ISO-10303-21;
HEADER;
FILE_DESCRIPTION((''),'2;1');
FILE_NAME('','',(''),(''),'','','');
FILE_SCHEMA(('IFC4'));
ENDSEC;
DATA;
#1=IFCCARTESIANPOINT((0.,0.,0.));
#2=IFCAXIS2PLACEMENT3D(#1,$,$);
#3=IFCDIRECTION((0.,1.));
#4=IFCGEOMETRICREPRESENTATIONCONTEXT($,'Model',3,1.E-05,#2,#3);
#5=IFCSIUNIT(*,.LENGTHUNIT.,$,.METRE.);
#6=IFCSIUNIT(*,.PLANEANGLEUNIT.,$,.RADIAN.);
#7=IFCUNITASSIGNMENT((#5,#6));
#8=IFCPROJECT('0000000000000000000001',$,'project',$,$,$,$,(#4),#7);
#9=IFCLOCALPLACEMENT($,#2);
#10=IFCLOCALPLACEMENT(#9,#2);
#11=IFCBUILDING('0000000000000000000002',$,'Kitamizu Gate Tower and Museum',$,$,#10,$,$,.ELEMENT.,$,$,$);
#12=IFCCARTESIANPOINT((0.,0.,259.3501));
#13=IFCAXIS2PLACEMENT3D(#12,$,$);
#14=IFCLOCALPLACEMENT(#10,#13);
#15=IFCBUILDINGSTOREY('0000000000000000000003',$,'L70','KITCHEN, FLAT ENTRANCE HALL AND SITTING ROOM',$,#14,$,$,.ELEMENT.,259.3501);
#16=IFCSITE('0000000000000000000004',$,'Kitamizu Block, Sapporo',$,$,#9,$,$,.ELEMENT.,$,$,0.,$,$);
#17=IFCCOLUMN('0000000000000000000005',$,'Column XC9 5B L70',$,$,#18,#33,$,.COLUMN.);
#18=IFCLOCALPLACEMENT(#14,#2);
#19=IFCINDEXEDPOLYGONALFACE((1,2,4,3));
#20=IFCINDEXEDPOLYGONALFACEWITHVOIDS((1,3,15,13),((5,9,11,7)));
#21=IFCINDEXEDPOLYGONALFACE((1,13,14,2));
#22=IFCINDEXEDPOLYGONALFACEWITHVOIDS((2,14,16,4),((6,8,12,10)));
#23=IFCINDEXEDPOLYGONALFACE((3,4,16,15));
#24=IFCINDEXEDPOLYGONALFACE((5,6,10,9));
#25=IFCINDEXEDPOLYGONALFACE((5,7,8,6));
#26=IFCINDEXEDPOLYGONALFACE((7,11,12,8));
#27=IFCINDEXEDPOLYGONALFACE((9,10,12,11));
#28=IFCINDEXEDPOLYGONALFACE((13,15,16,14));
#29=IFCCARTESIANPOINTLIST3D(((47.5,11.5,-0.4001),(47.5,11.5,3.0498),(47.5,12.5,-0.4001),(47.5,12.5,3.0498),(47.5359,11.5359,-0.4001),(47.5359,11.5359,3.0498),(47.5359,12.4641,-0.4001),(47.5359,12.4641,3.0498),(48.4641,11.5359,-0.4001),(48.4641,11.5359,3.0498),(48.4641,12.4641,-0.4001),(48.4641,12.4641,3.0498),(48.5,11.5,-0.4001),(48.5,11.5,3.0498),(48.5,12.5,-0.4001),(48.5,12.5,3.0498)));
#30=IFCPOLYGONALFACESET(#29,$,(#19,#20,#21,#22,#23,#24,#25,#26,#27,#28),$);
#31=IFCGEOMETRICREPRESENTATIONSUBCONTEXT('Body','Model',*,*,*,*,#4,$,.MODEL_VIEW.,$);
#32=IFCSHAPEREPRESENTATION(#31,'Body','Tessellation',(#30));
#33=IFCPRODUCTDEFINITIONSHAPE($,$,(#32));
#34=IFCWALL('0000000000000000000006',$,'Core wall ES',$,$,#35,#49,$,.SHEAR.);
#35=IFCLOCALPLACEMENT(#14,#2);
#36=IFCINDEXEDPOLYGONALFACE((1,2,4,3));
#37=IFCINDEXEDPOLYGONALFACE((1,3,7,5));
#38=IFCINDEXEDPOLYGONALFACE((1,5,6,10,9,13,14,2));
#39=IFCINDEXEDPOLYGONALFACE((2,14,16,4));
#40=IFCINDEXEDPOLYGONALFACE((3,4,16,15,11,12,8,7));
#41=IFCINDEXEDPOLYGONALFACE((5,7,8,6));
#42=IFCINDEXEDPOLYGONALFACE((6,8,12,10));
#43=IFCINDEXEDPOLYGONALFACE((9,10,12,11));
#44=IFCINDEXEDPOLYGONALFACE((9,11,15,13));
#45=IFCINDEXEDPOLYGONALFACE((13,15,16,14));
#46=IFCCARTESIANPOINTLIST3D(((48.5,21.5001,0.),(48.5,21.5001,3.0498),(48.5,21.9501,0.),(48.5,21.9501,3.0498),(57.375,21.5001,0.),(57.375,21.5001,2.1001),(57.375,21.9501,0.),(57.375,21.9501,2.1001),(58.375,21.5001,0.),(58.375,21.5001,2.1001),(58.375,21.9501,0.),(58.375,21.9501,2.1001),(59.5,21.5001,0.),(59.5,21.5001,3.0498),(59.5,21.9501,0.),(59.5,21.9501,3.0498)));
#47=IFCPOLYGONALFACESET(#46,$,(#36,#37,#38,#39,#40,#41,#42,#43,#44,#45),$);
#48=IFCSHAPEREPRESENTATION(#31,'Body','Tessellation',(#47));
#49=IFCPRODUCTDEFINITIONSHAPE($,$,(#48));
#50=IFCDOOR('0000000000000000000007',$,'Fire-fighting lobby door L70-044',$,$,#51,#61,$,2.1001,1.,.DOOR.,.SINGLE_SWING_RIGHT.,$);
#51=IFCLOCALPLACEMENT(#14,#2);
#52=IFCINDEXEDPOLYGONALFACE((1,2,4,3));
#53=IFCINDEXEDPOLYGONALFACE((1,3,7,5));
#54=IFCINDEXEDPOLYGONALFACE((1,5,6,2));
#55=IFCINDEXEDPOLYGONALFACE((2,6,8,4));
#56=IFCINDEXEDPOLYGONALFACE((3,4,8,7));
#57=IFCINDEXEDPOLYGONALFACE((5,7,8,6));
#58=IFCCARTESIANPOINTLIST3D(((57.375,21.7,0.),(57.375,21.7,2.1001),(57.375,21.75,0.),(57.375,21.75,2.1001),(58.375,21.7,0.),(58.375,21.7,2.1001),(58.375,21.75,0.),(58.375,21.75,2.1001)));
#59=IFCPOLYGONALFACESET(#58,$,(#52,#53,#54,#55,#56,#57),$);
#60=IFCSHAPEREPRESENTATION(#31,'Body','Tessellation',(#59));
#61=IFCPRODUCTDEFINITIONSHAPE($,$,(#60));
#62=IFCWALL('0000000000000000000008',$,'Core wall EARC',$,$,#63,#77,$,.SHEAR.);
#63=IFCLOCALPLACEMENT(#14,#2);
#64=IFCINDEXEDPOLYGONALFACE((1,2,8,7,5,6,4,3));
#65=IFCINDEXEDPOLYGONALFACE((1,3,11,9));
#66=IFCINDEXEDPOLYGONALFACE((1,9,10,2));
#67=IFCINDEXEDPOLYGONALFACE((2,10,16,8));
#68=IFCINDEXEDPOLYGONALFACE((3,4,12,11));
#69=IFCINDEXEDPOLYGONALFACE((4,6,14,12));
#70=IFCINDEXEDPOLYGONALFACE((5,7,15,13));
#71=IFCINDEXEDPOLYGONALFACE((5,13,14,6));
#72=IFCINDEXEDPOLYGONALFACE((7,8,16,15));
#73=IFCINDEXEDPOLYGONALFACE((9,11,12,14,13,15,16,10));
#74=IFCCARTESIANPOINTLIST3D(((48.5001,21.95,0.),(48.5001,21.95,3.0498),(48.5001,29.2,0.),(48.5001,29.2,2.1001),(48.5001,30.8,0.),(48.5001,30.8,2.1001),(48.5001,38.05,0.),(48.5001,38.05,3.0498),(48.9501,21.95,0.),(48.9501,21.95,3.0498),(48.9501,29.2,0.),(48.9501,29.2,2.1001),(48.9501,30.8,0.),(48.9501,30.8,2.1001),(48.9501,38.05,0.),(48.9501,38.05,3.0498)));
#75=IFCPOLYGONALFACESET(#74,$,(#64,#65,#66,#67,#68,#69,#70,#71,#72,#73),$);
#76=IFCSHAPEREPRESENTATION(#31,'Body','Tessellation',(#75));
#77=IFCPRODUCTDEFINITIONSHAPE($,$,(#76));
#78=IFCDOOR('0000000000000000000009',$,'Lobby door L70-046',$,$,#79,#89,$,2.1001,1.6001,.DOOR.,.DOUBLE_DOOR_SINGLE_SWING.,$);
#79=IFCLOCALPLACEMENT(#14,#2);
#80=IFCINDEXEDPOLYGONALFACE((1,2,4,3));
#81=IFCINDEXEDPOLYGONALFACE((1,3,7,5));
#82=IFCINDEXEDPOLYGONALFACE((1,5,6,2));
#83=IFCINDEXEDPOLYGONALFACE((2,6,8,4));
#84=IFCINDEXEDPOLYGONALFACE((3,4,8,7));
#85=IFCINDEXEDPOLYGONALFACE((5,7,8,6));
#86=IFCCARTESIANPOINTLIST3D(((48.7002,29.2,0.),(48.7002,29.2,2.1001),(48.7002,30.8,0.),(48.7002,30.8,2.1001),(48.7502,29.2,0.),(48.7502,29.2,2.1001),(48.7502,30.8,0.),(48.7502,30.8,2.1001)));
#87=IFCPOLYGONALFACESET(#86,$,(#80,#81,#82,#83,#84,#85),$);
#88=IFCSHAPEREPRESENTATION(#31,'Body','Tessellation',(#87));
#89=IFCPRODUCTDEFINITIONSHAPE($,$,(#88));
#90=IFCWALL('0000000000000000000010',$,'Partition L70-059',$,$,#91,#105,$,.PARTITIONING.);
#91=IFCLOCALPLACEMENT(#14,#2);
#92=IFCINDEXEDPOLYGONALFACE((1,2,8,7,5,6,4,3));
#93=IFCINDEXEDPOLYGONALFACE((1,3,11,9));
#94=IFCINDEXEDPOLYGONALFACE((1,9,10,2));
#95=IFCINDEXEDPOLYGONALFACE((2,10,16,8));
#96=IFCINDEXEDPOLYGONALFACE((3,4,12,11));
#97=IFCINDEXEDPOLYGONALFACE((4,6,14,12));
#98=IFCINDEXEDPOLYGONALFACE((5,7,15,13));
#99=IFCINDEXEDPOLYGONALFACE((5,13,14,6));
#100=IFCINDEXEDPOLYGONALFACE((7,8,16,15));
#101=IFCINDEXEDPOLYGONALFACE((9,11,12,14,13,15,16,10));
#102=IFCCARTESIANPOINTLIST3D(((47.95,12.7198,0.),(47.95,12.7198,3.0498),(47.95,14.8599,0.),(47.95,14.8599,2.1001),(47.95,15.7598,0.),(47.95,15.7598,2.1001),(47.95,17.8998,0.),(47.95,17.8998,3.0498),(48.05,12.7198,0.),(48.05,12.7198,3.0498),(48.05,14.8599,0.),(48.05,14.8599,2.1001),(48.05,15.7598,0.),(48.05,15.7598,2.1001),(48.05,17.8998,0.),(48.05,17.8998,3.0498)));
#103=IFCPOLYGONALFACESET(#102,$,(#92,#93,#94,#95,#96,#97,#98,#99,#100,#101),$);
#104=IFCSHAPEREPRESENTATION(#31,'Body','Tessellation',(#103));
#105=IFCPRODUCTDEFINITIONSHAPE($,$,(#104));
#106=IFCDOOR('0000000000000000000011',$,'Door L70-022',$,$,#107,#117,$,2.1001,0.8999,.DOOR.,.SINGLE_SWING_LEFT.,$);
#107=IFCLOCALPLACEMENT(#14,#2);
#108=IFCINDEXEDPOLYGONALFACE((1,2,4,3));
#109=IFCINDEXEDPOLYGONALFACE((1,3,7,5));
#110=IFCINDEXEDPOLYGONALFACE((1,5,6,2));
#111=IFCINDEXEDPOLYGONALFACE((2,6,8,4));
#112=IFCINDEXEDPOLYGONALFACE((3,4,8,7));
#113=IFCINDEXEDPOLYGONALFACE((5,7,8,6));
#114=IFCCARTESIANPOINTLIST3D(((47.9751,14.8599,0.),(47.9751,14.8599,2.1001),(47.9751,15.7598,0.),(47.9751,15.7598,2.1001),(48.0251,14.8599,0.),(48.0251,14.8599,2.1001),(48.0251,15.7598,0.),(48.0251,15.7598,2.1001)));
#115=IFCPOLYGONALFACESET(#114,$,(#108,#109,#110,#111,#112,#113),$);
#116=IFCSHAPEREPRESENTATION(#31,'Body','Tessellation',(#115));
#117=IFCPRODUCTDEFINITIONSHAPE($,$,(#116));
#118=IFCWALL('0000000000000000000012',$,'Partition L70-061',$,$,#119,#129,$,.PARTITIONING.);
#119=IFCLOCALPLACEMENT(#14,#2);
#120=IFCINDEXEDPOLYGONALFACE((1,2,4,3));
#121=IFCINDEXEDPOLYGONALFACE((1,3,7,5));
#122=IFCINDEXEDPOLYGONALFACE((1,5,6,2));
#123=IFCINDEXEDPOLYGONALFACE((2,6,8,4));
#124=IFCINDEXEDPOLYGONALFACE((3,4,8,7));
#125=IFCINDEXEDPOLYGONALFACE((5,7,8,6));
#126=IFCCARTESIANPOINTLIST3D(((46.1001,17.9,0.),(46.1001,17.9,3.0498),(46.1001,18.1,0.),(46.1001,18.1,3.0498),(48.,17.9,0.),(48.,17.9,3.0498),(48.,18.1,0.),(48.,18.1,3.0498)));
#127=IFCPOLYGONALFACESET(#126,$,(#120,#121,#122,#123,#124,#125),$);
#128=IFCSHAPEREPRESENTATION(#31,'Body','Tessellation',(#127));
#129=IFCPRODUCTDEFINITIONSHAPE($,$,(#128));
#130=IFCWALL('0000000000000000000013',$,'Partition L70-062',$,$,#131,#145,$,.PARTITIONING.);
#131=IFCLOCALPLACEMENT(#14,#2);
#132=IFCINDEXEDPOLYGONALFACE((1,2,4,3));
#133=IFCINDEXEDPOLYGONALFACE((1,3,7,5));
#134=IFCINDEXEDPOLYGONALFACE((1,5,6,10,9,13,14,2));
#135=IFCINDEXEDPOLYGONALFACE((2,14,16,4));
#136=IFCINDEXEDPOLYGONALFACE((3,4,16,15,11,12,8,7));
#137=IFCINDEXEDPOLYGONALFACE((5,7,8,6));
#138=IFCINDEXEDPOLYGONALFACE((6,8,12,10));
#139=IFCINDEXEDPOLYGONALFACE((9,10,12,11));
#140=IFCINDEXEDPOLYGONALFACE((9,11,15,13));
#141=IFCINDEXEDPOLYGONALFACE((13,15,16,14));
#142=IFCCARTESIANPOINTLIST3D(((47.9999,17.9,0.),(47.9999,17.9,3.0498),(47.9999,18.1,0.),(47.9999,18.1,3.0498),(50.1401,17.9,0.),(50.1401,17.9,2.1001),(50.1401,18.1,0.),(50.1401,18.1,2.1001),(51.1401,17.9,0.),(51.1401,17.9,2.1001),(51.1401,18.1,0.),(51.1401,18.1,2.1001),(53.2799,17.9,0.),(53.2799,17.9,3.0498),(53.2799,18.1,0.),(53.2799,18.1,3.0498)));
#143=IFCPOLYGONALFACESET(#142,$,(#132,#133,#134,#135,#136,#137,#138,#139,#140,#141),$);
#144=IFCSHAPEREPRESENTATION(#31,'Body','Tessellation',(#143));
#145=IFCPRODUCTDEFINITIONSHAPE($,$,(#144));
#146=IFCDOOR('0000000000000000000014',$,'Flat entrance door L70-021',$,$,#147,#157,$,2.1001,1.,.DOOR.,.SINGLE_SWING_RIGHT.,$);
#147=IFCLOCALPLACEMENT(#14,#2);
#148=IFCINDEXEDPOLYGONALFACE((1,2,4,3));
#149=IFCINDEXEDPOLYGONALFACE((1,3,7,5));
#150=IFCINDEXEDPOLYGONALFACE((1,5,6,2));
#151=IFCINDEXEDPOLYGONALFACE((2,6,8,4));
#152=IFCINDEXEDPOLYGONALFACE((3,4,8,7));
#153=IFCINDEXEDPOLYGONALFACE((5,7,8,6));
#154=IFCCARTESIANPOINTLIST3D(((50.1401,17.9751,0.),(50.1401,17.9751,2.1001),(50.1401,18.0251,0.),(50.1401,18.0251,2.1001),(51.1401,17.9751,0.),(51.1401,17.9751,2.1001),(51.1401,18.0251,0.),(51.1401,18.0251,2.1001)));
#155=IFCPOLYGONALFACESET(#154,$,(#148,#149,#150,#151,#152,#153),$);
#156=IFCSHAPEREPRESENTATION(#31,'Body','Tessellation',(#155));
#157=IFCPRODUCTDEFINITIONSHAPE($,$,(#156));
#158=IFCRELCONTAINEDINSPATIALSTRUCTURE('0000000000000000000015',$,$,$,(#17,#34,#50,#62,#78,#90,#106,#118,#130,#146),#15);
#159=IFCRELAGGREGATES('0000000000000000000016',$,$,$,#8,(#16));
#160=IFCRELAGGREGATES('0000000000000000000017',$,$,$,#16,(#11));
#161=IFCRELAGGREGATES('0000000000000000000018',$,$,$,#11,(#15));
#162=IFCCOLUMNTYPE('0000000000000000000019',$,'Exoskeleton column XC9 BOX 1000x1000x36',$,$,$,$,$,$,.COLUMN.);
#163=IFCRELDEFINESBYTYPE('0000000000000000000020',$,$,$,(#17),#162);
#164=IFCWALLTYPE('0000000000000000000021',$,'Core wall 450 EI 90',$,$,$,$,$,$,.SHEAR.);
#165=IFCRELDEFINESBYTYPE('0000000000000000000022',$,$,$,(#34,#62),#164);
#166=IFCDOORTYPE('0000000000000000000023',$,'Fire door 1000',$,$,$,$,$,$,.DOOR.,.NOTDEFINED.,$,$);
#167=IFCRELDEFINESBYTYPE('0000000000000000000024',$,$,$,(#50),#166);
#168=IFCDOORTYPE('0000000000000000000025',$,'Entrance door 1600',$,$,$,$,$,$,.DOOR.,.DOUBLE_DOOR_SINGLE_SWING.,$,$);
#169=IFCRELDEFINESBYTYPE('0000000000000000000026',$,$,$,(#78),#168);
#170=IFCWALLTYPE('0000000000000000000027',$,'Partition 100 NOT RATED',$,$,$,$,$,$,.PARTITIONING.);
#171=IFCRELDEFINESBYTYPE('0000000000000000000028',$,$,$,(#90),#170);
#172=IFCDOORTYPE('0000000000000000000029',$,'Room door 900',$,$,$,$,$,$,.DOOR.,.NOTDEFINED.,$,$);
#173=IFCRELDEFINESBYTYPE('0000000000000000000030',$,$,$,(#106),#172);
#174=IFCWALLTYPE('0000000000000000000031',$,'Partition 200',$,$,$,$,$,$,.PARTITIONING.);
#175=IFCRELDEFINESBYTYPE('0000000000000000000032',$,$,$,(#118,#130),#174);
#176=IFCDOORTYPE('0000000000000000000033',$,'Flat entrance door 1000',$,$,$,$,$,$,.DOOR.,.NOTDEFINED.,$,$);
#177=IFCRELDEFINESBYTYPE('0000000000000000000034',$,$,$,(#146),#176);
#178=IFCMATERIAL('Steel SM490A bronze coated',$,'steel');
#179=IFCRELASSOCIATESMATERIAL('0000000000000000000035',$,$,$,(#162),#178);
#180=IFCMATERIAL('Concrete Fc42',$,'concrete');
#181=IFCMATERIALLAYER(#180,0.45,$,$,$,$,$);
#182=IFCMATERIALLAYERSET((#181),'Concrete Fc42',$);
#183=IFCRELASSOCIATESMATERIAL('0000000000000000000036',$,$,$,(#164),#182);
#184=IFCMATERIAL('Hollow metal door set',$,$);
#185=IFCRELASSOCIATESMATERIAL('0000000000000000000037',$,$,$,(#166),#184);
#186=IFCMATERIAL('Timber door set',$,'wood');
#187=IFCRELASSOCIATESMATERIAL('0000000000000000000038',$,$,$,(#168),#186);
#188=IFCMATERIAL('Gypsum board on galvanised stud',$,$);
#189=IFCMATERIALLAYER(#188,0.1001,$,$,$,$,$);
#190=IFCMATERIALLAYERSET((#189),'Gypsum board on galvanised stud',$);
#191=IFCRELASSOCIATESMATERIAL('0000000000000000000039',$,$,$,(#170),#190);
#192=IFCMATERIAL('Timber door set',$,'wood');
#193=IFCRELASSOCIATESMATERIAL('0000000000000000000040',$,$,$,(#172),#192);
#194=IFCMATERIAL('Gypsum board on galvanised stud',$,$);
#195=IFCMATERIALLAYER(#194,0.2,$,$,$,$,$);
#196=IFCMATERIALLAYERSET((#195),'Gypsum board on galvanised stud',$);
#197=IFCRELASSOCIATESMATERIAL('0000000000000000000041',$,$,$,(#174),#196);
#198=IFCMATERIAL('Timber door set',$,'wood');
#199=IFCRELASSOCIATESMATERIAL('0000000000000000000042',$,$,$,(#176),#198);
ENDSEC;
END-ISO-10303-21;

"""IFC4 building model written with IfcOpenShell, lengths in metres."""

from ifc_helpers import new_model, si_unit, direction, frame, frame_2d, origin, origin_2d, place, context, subcontext, project, spatial, rectangle, hollow_rectangle, extrude, material, layer, layer_set, material_profile, profile_set, type_object, element, fill, save


model = new_model("IFC4")

# Units and contexts
model_context = context("Model", 3, precision=1e-05, world=origin(), true_north=direction((0.0, 1.0)))
body_context = subcontext(model_context, "Body", "Model", "MODEL_VIEW")
ifc_project = project(units=[si_unit("LENGTHUNIT", "METRE"), si_unit("PLANEANGLEUNIT", "RADIAN")], contexts=[model_context])

# Site, building, storey
site_placement = place(None, origin())
site = spatial("IfcSite", under=ifc_project, at=site_placement, Name="Kitamizu Block, Sapporo", CompositionType="ELEMENT", RefElevation=0.0)
building_placement = place(site_placement, origin())
building = spatial("IfcBuilding", under=site, at=building_placement, Name="Kitamizu Gate Tower and Museum", CompositionType="ELEMENT")
storey_placement = place(building_placement, frame((0.0, 0.0, 259.3501)))
storey = spatial("IfcBuildingStorey", under=building, at=storey_placement, Name="L70", Description="KITCHEN, FLAT ENTRANCE HALL AND SITTING ROOM", CompositionType="ELEMENT", Elevation=259.3501)

# Column
ifc_material_1 = material(Name="Steel SM490A bronze coated", Category="steel")
ifc_material_profile = material_profile(ifc_material_1, hollow_rectangle(XDim=1.0, YDim=1.0, WallThickness=0.0359, at=origin_2d()), Name="BOX 1000x1000x36")
ifc_profile_set = profile_set([ifc_material_profile], Name="Steel SM490A bronze coated")
column_type = type_object("IfcColumnType", Name="Exoskeleton column XC9 BOX 1000x1000x36", PredefinedType="COLUMN", material=ifc_profile_set)
column_placement = place(storey_placement, frame((48.0, 12.0, -0.4001), z_axis=(0.0, 0.0, 1.0), x_axis=(1.0, 0.0, 0.0)))
element("IfcColumn", 1, at=column_placement, inside=storey, type_object=column_type, Name="Column XC9 5B L70", PredefinedType="COLUMN", context=body_context, shape_type="SweptSolid", body=[
    extrude(hollow_rectangle(XDim=1.0, YDim=1.0, WallThickness=0.0359, at=origin_2d()), origin(), (0.0, 0.0, 1.0), 3.45),
])

# Walls, openings, doors
ifc_material_2 = material(Name="Concrete Fc42", Category="concrete")
ifc_layer_1 = layer(ifc_material_2, 0.45)
ifc_layer_set_1 = layer_set([ifc_layer_1], Name="Concrete Fc42")
wall_type_1 = type_object("IfcWallType", Name="Core wall 450 EI 90", PredefinedType="SHEAR", material=ifc_layer_set_1)
wall_1_placement = place(storey_placement, frame((59.5, 21.7251, 0.0), z_axis=(0.0, 0.0, 1.0), x_axis=(-1.0, 0.0, 0.0)))
wall_1 = element("IfcWall", 2, at=wall_1_placement, inside=storey, type_object=wall_type_1, Name="Core wall ES", PredefinedType="SHEAR", context=body_context, shape_type="SweptSolid", body=[
    extrude(rectangle(XDim=11.0, YDim=0.45, at=frame_2d((5.5, 0.0))), origin(), (0.0, 0.0, 1.0), 3.0498),
])
opening_1_placement = place(wall_1_placement, frame((1.125, 0.0, 0.0)))
opening_1 = element("IfcOpeningElement", 3, at=opening_1_placement, cuts=wall_1, PredefinedType="OPENING", context=body_context, shape_type="SweptSolid", body=[
    extrude(rectangle(XDim=1.0, YDim=2.1001, at=frame_2d((0.5, 1.05))), frame((0.0, 0.2349, 0.0), z_axis=(0.0, -1.0, 0.0), x_axis=(1.0, 0.0, 0.0)), (0.0, 0.0, 1.0), 0.47),
])
ifc_material_3 = material(Name="Hollow metal door set")
door_type_1 = type_object("IfcDoorType", Name="Fire door 1000", OperationType="NOTDEFINED", PredefinedType="DOOR", material=ifc_material_3)
door_1_placement = place(opening_1_placement, frame((1.0, 0.0, 0.0), x_axis=(-1.0, 0.0, 0.0)))
door_1 = element("IfcDoor", 4, at=door_1_placement, inside=storey, type_object=door_type_1, Name="Fire-fighting lobby door L70-044", OperationType="SINGLE_SWING_RIGHT", OverallHeight=2.1001, OverallWidth=1.0, PredefinedType="DOOR", context=body_context, shape_type="SweptSolid", body=[
    extrude(rectangle(XDim=1.0, YDim=2.1001, at=frame_2d((0.5, 1.05))), frame((0.0, 0.0249, 0.0), z_axis=(0.0, -1.0, 0.0), x_axis=(1.0, 0.0, 0.0)), (0.0, 0.0, 1.0), 0.05),
])
fill(opening_1, door_1)
wall_2_placement = place(storey_placement, frame((48.7251, 21.95, 0.0), z_axis=(0.0, 0.0, 1.0), x_axis=(0.0, 1.0, 0.0)))
wall_2 = element("IfcWall", 5, at=wall_2_placement, inside=storey, type_object=wall_type_1, Name="Core wall EARC", PredefinedType="SHEAR", context=body_context, shape_type="SweptSolid", body=[
    extrude(rectangle(XDim=16.1001, YDim=0.45, at=frame_2d((8.05, 0.0))), origin(), (0.0, 0.0, 1.0), 3.0498),
])
opening_2_placement = place(wall_2_placement, frame((7.25, 0.0, 0.0)))
opening_2 = element("IfcOpeningElement", 6, at=opening_2_placement, cuts=wall_2, PredefinedType="OPENING", context=body_context, shape_type="SweptSolid", body=[
    extrude(rectangle(XDim=1.6001, YDim=2.1001, at=frame_2d((0.8, 1.05))), frame((0.0, 0.2349, 0.0), z_axis=(0.0, -1.0, 0.0), x_axis=(1.0, 0.0, 0.0)), (0.0, 0.0, 1.0), 0.47),
])
ifc_material_4 = material(Name="Timber door set", Category="wood")
door_type_2 = type_object("IfcDoorType", Name="Entrance door 1600", OperationType="DOUBLE_DOOR_SINGLE_SWING", PredefinedType="DOOR", material=ifc_material_4)
door_2_placement = place(opening_2_placement, origin())
door_2 = element("IfcDoor", 7, at=door_2_placement, inside=storey, type_object=door_type_2, Name="Lobby door L70-046", OperationType="DOUBLE_DOOR_SINGLE_SWING", OverallHeight=2.1001, OverallWidth=1.6001, PredefinedType="DOOR", context=body_context, shape_type="SweptSolid", body=[
    extrude(rectangle(XDim=1.6001, YDim=2.1001, at=frame_2d((0.8, 1.05))), frame((0.0, 0.0249, 0.0), z_axis=(0.0, -1.0, 0.0), x_axis=(1.0, 0.0, 0.0)), (0.0, 0.0, 1.0), 0.05),
])
fill(opening_2, door_2)
ifc_material_5 = material(Name="Gypsum board on galvanised stud")
ifc_layer_2 = layer(ifc_material_5, 0.1001)
ifc_layer_set_2 = layer_set([ifc_layer_2], Name="Gypsum board on galvanised stud")
wall_type_2 = type_object("IfcWallType", Name="Partition 100 NOT RATED", PredefinedType="PARTITIONING", material=ifc_layer_set_2)
wall_3_placement = place(storey_placement, frame((48.0, 12.72, 0.0), z_axis=(0.0, 0.0, 1.0), x_axis=(0.0, 1.0, 0.0)))
wall_3 = element("IfcWall", 8, at=wall_3_placement, inside=storey, type_object=wall_type_2, Name="Partition L70-059", PredefinedType="PARTITIONING", context=body_context, shape_type="SweptSolid", body=[
    extrude(rectangle(XDim=5.1799, YDim=0.1001, at=frame_2d((2.5898, 0.0))), origin(), (0.0, 0.0, 1.0), 3.0498),
])
opening_3_placement = place(wall_3_placement, frame((2.1399, 0.0, 0.0)))
opening_3 = element("IfcOpeningElement", 9, at=opening_3_placement, cuts=wall_3, PredefinedType="OPENING", context=body_context, shape_type="SweptSolid", body=[
    extrude(rectangle(XDim=0.8999, YDim=2.1001, at=frame_2d((0.45, 1.05))), frame((0.0, 0.0601, 0.0), z_axis=(0.0, -1.0, 0.0), x_axis=(1.0, 0.0, 0.0)), (0.0, 0.0, 1.0), 0.1201),
])
ifc_material_6 = material(Name="Timber door set", Category="wood")
door_type_3 = type_object("IfcDoorType", Name="Room door 900", OperationType="NOTDEFINED", PredefinedType="DOOR", material=ifc_material_6)
door_3_placement = place(opening_3_placement, origin())
door_3 = element("IfcDoor", 10, at=door_3_placement, inside=storey, type_object=door_type_3, Name="Door L70-022", OperationType="SINGLE_SWING_LEFT", OverallHeight=2.1001, OverallWidth=0.8999, PredefinedType="DOOR", context=body_context, shape_type="SweptSolid", body=[
    extrude(rectangle(XDim=0.8999, YDim=2.1001, at=frame_2d((0.45, 1.05))), frame((0.0, 0.0249, 0.0), z_axis=(0.0, -1.0, 0.0), x_axis=(1.0, 0.0, 0.0)), (0.0, 0.0, 1.0), 0.05),
])
fill(opening_3, door_3)

# Wall
ifc_material_7 = material(Name="Gypsum board on galvanised stud")
ifc_layer_3 = layer(ifc_material_7, 0.2)
ifc_layer_set_3 = layer_set([ifc_layer_3], Name="Gypsum board on galvanised stud")
wall_type_3 = type_object("IfcWallType", Name="Partition 200", PredefinedType="PARTITIONING", material=ifc_layer_set_3)
wall_4_placement = place(storey_placement, frame((48.0, 18.0, 0.0), z_axis=(0.0, 0.0, 1.0), x_axis=(-1.0, 0.0, 0.0)))
element("IfcWall", 11, at=wall_4_placement, inside=storey, type_object=wall_type_3, Name="Partition L70-061", PredefinedType="PARTITIONING", context=body_context, shape_type="SweptSolid", body=[
    extrude(rectangle(XDim=1.8999, YDim=0.2, at=frame_2d((0.95, 0.0))), origin(), (0.0, 0.0, 1.0), 3.0498),
])

# Wall, opening, door
wall_5_placement = place(storey_placement, frame((53.28, 18.0, 0.0), z_axis=(0.0, 0.0, 1.0), x_axis=(-1.0, 0.0, 0.0)))
wall_5 = element("IfcWall", 12, at=wall_5_placement, inside=storey, type_object=wall_type_3, Name="Partition L70-062", PredefinedType="PARTITIONING", context=body_context, shape_type="SweptSolid", body=[
    extrude(rectangle(XDim=5.28, YDim=0.2, at=frame_2d((2.6401, 0.0))), origin(), (0.0, 0.0, 1.0), 3.0498),
])
opening_4_placement = place(wall_5_placement, frame((2.1399, 0.0, 0.0)))
opening_4 = element("IfcOpeningElement", 13, at=opening_4_placement, cuts=wall_5, PredefinedType="OPENING", context=body_context, shape_type="SweptSolid", body=[
    extrude(rectangle(XDim=1.0, YDim=2.1001, at=frame_2d((0.5, 1.05))), frame((0.0, 0.1099, 0.0), z_axis=(0.0, -1.0, 0.0), x_axis=(1.0, 0.0, 0.0)), (0.0, 0.0, 1.0), 0.22),
])
ifc_material_8 = material(Name="Timber door set", Category="wood")
door_type_4 = type_object("IfcDoorType", Name="Flat entrance door 1000", OperationType="NOTDEFINED", PredefinedType="DOOR", material=ifc_material_8)
door_4_placement = place(opening_4_placement, origin())
door_4 = element("IfcDoor", 14, at=door_4_placement, inside=storey, type_object=door_type_4, Name="Flat entrance door L70-021", OperationType="SINGLE_SWING_RIGHT", OverallHeight=2.1001, OverallWidth=1.0, PredefinedType="DOOR", context=body_context, shape_type="SweptSolid", body=[
    extrude(rectangle(XDim=1.0, YDim=2.1001, at=frame_2d((0.5, 1.05))), frame((0.0, 0.0249, 0.0), z_axis=(0.0, -1.0, 0.0), x_axis=(1.0, 0.0, 0.0)), (0.0, 0.0, 1.0), 0.05),
])
fill(opening_4, door_4)

save(model, "model.ifc")
